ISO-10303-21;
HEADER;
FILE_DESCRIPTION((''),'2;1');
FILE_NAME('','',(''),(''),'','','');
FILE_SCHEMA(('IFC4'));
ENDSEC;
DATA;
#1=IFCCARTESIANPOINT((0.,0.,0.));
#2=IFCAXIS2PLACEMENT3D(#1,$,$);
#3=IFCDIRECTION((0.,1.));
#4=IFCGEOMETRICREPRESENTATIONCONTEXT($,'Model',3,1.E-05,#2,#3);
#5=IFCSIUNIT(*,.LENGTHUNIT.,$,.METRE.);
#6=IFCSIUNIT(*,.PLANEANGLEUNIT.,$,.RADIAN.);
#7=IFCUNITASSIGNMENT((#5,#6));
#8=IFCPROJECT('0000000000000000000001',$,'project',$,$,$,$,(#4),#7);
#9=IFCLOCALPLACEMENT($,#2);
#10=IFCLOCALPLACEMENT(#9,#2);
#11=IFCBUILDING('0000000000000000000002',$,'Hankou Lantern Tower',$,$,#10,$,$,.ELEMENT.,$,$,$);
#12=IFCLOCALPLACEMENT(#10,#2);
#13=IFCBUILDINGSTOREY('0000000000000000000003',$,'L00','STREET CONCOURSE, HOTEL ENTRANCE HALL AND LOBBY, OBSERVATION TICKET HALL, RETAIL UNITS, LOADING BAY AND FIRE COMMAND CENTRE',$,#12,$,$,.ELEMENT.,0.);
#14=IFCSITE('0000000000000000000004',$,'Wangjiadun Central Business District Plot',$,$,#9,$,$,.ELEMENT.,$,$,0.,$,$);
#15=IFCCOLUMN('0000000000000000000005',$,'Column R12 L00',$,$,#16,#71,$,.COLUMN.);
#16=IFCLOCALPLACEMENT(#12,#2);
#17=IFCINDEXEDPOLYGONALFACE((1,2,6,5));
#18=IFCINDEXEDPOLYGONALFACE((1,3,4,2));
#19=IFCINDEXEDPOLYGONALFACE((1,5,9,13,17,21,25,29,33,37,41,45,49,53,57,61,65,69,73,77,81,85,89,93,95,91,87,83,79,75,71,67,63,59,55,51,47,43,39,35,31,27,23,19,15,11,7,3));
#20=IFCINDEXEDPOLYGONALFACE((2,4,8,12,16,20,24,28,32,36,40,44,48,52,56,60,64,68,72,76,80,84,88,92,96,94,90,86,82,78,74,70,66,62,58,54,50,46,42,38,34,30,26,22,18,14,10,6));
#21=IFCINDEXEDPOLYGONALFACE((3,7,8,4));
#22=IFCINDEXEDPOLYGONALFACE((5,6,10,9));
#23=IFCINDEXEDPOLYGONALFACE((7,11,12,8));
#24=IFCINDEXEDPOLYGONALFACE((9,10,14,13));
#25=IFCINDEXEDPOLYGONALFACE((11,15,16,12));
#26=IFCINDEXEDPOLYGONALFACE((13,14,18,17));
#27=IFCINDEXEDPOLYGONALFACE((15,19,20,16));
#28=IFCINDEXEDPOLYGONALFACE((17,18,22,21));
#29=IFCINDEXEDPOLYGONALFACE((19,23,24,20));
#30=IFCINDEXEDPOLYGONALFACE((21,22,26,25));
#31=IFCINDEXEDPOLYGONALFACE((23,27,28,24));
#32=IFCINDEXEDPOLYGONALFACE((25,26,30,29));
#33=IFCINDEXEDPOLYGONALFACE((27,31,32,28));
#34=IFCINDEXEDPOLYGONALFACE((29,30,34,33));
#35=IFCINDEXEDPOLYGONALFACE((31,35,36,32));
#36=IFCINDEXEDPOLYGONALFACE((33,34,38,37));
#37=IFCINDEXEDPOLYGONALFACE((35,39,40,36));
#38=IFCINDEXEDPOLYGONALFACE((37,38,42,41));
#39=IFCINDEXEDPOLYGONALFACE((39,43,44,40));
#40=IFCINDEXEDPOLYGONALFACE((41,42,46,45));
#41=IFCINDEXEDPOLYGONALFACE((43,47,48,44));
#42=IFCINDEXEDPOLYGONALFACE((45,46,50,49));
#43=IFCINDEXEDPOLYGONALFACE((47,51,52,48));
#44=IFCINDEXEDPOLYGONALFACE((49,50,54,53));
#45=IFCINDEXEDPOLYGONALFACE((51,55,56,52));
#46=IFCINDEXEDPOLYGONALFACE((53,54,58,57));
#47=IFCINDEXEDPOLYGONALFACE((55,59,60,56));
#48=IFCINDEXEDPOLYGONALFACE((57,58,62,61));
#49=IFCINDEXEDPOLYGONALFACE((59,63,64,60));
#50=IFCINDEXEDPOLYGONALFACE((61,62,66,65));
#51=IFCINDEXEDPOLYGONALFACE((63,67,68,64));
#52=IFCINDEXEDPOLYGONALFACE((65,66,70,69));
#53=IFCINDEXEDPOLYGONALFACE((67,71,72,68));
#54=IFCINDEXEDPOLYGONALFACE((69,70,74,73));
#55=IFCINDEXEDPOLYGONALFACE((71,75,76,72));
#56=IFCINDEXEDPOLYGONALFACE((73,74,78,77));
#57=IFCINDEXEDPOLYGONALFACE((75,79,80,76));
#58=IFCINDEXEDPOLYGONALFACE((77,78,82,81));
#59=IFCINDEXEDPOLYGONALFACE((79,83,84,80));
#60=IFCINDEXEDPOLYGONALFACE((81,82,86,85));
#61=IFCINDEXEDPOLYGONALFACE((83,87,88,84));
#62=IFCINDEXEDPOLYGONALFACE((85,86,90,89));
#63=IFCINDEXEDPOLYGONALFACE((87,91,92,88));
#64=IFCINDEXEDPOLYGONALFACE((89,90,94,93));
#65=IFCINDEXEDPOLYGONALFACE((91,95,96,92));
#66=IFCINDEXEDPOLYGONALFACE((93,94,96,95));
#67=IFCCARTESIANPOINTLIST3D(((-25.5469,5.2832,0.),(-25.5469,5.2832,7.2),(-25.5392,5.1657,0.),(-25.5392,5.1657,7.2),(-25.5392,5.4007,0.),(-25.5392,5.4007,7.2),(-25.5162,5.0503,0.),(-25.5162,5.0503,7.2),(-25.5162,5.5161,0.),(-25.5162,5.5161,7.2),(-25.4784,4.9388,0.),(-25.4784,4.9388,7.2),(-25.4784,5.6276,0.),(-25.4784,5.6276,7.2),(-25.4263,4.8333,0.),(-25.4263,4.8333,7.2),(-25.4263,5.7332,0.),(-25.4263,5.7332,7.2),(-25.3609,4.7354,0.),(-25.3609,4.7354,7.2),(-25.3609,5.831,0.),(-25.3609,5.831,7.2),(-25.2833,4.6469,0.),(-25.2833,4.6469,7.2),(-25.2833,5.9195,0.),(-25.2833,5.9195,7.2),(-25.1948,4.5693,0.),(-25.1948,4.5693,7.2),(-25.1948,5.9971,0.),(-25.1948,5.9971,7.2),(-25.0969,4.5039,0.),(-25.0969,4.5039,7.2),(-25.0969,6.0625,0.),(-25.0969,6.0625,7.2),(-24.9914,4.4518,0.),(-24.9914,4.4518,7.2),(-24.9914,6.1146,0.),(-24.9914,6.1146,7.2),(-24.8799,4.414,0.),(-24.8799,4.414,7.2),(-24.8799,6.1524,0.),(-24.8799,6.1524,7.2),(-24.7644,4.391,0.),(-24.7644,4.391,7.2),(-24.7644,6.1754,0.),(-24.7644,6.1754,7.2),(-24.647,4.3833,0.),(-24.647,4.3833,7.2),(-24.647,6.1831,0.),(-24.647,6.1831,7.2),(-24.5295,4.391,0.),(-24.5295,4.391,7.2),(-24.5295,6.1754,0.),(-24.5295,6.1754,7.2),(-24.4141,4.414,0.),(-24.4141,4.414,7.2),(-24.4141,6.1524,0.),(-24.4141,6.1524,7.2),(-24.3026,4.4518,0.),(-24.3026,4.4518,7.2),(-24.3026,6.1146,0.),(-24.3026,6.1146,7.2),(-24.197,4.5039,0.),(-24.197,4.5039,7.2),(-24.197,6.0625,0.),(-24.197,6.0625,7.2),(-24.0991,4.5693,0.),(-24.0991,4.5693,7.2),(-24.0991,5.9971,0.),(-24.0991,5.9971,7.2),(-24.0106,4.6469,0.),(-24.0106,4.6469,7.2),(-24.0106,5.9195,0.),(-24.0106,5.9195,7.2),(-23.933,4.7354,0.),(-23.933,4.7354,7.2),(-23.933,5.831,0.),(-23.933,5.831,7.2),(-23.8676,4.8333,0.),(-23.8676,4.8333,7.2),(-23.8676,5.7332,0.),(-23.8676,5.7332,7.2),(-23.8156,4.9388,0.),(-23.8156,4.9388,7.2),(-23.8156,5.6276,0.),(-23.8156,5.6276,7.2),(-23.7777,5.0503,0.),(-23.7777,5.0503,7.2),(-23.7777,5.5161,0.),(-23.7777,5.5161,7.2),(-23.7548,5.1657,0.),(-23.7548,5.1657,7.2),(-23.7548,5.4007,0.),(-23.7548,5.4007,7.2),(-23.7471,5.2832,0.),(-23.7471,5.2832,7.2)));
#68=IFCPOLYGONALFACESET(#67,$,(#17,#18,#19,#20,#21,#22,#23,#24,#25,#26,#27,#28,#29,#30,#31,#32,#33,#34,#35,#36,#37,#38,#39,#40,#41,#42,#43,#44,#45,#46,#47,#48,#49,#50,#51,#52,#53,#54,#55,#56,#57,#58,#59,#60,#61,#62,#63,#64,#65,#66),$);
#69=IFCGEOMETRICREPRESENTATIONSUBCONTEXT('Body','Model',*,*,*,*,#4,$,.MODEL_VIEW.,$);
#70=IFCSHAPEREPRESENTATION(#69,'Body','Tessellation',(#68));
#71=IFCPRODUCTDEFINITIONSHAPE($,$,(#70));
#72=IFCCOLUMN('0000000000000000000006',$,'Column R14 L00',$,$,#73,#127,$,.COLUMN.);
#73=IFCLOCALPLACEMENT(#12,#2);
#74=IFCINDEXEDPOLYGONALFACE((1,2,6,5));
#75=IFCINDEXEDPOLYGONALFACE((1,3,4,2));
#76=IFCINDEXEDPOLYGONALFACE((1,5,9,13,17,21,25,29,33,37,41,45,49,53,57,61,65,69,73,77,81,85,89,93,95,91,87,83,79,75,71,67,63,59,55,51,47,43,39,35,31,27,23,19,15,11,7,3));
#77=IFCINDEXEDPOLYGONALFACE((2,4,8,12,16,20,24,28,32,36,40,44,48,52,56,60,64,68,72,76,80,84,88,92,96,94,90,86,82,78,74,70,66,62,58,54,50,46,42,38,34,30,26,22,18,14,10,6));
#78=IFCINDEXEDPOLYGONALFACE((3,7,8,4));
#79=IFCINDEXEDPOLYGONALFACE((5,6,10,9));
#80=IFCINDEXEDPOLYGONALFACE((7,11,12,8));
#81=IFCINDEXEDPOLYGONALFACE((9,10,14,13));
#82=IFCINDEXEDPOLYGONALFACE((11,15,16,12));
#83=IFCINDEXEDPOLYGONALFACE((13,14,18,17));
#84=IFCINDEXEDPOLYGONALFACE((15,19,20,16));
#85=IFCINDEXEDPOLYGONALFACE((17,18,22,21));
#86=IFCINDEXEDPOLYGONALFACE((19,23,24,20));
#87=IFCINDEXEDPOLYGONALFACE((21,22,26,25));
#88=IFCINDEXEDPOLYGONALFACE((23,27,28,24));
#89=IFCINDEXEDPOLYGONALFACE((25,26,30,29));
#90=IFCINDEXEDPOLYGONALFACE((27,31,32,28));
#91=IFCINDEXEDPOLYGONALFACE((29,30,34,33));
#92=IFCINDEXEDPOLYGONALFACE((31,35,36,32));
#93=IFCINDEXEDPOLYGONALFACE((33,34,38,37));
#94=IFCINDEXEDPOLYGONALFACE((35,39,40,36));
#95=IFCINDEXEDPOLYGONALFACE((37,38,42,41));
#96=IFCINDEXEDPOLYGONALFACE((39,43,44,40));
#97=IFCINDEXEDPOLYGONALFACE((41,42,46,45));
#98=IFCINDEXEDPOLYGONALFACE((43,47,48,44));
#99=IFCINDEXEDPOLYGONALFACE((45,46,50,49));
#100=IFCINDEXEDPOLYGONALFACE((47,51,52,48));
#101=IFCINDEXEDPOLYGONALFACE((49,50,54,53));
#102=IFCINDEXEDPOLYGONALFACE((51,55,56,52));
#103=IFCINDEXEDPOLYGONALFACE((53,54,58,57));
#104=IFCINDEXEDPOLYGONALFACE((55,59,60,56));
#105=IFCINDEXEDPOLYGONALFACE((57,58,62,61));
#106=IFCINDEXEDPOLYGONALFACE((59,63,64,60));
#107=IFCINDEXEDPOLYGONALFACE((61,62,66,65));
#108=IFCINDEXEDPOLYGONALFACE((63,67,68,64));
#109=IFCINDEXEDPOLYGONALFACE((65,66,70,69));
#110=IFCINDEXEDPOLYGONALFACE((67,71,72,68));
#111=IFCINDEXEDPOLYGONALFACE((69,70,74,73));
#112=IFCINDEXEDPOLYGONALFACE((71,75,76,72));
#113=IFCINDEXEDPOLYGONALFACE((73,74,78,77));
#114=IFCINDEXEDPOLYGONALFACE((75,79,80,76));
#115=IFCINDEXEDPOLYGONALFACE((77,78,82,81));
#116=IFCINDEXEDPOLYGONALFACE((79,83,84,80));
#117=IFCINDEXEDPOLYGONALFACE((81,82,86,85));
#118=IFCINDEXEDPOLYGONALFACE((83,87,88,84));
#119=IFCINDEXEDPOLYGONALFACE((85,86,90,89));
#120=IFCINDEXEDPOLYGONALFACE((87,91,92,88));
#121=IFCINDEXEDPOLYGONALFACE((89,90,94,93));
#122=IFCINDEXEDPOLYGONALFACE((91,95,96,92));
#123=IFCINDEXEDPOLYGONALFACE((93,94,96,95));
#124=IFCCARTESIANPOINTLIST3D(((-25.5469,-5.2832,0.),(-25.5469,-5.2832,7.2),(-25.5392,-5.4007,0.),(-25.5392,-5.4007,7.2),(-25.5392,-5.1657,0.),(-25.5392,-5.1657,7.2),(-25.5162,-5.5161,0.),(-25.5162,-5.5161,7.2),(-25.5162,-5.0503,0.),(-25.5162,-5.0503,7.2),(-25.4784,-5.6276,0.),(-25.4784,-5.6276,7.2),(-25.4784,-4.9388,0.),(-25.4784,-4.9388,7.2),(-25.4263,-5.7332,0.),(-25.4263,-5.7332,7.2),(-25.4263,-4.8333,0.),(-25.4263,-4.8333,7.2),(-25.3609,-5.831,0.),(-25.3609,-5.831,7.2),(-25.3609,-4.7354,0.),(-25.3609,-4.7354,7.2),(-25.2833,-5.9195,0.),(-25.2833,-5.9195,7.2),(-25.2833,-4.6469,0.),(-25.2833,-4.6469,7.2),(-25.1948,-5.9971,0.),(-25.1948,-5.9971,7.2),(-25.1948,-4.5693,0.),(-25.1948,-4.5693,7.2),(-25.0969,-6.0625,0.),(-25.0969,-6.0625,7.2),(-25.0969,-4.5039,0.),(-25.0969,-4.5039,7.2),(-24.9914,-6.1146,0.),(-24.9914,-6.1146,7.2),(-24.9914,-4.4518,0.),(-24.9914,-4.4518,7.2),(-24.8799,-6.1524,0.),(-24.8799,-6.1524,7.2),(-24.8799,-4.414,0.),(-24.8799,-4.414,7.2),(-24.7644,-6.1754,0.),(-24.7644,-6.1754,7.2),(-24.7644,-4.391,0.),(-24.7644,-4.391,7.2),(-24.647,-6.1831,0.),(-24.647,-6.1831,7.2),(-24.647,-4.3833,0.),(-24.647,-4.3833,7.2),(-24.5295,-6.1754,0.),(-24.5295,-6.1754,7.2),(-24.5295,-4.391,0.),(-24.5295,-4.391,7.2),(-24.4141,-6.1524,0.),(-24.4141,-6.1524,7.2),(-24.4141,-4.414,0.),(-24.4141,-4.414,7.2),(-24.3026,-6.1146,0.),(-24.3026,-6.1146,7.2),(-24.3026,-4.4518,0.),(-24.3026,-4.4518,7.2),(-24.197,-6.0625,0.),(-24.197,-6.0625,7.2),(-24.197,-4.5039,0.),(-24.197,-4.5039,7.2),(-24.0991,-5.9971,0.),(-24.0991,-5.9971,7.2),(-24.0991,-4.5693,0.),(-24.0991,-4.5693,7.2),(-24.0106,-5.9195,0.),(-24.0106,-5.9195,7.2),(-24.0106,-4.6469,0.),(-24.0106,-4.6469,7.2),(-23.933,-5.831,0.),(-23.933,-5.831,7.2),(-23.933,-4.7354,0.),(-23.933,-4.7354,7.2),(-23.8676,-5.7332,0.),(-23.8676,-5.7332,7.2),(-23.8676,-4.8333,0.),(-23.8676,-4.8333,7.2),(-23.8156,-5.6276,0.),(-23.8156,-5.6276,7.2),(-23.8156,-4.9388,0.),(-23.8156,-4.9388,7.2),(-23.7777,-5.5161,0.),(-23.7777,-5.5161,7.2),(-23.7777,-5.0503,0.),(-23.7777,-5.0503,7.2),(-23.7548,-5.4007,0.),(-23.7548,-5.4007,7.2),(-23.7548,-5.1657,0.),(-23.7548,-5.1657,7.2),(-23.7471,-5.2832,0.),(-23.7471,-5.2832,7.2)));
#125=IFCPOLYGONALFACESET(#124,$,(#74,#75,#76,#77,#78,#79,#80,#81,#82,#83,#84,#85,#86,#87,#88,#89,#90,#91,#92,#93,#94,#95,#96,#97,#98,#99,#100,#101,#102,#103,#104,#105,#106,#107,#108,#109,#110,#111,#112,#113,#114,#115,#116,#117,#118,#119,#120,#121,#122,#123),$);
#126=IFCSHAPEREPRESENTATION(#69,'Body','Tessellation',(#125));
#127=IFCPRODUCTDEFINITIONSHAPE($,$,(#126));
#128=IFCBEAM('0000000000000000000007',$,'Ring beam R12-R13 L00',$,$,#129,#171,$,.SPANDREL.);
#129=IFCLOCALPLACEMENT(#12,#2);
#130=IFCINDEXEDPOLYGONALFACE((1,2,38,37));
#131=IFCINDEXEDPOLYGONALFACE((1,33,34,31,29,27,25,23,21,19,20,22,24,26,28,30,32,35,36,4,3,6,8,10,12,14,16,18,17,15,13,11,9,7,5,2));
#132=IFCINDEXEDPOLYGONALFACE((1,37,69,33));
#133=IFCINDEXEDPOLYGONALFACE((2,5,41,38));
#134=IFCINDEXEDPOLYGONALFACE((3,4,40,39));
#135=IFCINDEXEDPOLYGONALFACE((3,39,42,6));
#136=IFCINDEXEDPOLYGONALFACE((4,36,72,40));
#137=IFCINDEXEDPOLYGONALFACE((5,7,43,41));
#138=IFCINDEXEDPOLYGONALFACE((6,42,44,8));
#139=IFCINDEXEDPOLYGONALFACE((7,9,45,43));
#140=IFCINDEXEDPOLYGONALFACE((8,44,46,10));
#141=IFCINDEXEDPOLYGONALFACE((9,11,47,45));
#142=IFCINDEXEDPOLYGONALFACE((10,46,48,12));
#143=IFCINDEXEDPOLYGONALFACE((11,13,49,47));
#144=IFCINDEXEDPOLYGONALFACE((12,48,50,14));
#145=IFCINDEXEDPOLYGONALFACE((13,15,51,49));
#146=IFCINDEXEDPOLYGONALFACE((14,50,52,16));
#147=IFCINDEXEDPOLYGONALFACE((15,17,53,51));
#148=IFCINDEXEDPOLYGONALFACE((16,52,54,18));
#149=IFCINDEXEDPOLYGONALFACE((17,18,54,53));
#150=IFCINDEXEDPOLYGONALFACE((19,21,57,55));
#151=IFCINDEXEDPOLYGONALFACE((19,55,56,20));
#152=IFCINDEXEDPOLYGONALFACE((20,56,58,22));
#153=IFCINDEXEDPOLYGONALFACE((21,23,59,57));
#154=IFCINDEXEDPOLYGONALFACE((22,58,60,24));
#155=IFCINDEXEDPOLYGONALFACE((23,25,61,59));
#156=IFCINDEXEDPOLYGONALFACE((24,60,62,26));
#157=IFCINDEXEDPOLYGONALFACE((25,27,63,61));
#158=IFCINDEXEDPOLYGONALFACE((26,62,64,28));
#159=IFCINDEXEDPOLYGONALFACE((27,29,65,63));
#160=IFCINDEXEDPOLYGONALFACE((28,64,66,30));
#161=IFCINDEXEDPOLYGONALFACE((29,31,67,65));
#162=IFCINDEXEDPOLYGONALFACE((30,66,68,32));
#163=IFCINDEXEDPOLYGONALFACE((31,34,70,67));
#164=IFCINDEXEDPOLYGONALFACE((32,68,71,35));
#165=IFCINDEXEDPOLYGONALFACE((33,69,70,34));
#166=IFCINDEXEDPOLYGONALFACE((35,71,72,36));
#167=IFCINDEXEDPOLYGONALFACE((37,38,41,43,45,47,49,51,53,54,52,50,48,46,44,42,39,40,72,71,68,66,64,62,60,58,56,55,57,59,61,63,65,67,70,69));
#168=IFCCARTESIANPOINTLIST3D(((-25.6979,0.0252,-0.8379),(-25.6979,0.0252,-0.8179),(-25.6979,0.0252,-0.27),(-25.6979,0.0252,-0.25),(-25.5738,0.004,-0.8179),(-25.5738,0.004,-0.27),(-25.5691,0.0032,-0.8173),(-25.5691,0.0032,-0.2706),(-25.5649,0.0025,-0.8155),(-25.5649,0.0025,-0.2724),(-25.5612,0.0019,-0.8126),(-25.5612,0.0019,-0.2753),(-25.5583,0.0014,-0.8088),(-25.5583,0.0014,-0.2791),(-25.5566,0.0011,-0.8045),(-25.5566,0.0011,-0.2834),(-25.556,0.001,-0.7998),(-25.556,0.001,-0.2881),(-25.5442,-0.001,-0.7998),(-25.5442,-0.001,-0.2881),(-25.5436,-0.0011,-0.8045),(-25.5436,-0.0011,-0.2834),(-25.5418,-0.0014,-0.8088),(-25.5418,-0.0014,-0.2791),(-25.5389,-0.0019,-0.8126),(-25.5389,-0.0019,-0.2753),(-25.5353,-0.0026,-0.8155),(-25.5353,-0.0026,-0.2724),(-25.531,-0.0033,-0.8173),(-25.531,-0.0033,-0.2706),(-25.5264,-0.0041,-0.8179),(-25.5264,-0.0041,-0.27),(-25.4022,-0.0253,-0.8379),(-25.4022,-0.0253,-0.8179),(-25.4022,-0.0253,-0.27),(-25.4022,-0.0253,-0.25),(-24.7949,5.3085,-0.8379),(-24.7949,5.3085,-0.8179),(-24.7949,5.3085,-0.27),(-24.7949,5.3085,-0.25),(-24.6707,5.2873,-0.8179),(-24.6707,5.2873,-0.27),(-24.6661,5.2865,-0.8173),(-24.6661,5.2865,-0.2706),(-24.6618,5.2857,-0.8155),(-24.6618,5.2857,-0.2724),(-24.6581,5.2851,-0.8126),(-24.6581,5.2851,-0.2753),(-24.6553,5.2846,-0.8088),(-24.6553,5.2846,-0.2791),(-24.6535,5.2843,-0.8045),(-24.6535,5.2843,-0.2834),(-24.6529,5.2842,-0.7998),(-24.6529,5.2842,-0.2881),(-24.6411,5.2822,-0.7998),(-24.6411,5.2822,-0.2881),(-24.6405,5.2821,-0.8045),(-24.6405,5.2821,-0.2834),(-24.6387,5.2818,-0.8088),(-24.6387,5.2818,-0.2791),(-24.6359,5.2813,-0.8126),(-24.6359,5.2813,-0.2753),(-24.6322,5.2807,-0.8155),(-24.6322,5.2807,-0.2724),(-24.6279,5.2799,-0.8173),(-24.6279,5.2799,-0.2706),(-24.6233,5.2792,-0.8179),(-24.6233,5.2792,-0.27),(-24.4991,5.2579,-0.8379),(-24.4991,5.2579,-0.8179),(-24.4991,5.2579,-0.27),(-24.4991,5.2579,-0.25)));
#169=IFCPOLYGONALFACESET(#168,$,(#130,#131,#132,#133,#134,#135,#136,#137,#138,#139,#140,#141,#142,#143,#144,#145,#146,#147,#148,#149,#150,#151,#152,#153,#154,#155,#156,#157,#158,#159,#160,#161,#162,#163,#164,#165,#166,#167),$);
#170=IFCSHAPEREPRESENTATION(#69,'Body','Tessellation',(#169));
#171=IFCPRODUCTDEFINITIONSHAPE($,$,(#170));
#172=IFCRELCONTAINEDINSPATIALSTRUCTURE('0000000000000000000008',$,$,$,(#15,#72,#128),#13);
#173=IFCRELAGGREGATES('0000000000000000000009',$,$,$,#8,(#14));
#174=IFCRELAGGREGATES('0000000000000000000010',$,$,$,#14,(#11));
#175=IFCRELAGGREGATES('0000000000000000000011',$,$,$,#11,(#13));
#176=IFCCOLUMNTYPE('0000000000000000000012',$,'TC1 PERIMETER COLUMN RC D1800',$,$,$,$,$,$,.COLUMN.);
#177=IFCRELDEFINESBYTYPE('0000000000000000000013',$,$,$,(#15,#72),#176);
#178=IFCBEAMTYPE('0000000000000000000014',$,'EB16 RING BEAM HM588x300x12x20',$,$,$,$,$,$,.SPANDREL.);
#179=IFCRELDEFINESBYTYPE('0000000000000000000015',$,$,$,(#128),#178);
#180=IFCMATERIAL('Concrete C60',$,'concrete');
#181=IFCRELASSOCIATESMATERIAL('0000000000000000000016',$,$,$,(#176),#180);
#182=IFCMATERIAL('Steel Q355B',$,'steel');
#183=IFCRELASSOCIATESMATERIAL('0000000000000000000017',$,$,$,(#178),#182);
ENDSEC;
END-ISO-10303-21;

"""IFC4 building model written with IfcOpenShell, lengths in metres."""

from ifc_helpers import new_model, si_unit, direction, frame, origin, origin_2d, place, context, subcontext, project, spatial, circle, i_section, extrude, material, material_profile, profile_set, type_object, element, save


model = new_model("IFC4")

# Units and contexts
model_context = context("Model", 3, precision=1e-05, world=origin(), true_north=direction((0.0, 1.0)))
body_context = subcontext(model_context, "Body", "Model", "MODEL_VIEW")
ifc_project = project(units=[si_unit("LENGTHUNIT", "METRE"), si_unit("PLANEANGLEUNIT", "RADIAN")], contexts=[model_context])

# Site, building, storey
site_placement = place(None, origin())
site = spatial("IfcSite", under=ifc_project, at=site_placement, Name="Wangjiadun Central Business District Plot", CompositionType="ELEMENT", RefElevation=0.0)
building_placement = place(site_placement, origin())
building = spatial("IfcBuilding", under=site, at=building_placement, Name="Hankou Lantern Tower", CompositionType="ELEMENT")
storey_placement = place(building_placement, origin())
storey = spatial("IfcBuildingStorey", under=building, at=storey_placement, Name="L00", Description="STREET CONCOURSE, HOTEL ENTRANCE HALL AND LOBBY, OBSERVATION TICKET HALL, RETAIL UNITS, LOADING BAY AND FIRE COMMAND CENTRE", CompositionType="ELEMENT", Elevation=0.0)

# Columns
ifc_material_1 = material(Name="Concrete C60", Category="concrete")
ifc_material_profile_1 = material_profile(ifc_material_1, circle(Radius=0.8999, at=origin_2d()), Name="RC D1800")
ifc_profile_set_1 = profile_set([ifc_material_profile_1], Name="Concrete C60")
column_type = type_object("IfcColumnType", Name="TC1 PERIMETER COLUMN RC D1800", PredefinedType="COLUMN", material=ifc_profile_set_1)
for number, where, z_axis, x_axis, name in (
    (1, (-24.647, 5.2832, 0.0), (0.0, 0.0, 1.0), (1.0, 0.0, 0.0), "Column R12 L00"),
    (2, (-24.647, -5.2832, 0.0), (0.0, 0.0, 1.0), (1.0, 0.0, 0.0), "Column R14 L00"),
):
    element("IfcColumn", number, at=place(storey_placement, frame(where, z_axis=z_axis, x_axis=x_axis)), inside=storey, type_object=column_type, Name=name, PredefinedType="COLUMN", context=body_context, shape_type="SweptSolid", body=[
        extrude(circle(Radius=0.8999, at=origin_2d()), origin(), (0.0, 0.0, 1.0), 7.2),
    ])

# Beam
ifc_material_2 = material(Name="Steel Q355B", Category="steel")
ifc_material_profile_2 = material_profile(ifc_material_2, i_section(OverallWidth=0.3, OverallDepth=0.5879, WebThickness=0.012, FlangeThickness=0.02, FilletRadius=0.0181, at=origin_2d()), Name="HM588x300x12x20")
ifc_profile_set_2 = profile_set([ifc_material_profile_2], Name="Steel Q355B")
beam_type_1 = type_object("IfcBeamType", Name="EB16 RING BEAM HM588x300x12x20", PredefinedType="SPANDREL", material=ifc_profile_set_2)
for number, where, z_axis, x_axis, name in (
    (3, (-24.647, 5.2832, -0.5439), (-0.16849, -0.985703, 0.0), (0.985703, -0.16849, 0.0), "Ring beam R12-R13 L00"),
):
    element("IfcBeam", number, at=place(storey_placement, frame(where, z_axis=z_axis, x_axis=x_axis)), inside=storey, type_object=beam_type_1, Name=name, PredefinedType="SPANDREL", context=body_context, shape_type="SweptSolid", body=[
        extrude(i_section(OverallWidth=0.3, OverallDepth=0.5879, WebThickness=0.012, FlangeThickness=0.02, FilletRadius=0.0181, at=origin_2d()), origin(), (0.0, 0.0, 1.0), 5.3599),
    ])

save(model, "model.ifc")
